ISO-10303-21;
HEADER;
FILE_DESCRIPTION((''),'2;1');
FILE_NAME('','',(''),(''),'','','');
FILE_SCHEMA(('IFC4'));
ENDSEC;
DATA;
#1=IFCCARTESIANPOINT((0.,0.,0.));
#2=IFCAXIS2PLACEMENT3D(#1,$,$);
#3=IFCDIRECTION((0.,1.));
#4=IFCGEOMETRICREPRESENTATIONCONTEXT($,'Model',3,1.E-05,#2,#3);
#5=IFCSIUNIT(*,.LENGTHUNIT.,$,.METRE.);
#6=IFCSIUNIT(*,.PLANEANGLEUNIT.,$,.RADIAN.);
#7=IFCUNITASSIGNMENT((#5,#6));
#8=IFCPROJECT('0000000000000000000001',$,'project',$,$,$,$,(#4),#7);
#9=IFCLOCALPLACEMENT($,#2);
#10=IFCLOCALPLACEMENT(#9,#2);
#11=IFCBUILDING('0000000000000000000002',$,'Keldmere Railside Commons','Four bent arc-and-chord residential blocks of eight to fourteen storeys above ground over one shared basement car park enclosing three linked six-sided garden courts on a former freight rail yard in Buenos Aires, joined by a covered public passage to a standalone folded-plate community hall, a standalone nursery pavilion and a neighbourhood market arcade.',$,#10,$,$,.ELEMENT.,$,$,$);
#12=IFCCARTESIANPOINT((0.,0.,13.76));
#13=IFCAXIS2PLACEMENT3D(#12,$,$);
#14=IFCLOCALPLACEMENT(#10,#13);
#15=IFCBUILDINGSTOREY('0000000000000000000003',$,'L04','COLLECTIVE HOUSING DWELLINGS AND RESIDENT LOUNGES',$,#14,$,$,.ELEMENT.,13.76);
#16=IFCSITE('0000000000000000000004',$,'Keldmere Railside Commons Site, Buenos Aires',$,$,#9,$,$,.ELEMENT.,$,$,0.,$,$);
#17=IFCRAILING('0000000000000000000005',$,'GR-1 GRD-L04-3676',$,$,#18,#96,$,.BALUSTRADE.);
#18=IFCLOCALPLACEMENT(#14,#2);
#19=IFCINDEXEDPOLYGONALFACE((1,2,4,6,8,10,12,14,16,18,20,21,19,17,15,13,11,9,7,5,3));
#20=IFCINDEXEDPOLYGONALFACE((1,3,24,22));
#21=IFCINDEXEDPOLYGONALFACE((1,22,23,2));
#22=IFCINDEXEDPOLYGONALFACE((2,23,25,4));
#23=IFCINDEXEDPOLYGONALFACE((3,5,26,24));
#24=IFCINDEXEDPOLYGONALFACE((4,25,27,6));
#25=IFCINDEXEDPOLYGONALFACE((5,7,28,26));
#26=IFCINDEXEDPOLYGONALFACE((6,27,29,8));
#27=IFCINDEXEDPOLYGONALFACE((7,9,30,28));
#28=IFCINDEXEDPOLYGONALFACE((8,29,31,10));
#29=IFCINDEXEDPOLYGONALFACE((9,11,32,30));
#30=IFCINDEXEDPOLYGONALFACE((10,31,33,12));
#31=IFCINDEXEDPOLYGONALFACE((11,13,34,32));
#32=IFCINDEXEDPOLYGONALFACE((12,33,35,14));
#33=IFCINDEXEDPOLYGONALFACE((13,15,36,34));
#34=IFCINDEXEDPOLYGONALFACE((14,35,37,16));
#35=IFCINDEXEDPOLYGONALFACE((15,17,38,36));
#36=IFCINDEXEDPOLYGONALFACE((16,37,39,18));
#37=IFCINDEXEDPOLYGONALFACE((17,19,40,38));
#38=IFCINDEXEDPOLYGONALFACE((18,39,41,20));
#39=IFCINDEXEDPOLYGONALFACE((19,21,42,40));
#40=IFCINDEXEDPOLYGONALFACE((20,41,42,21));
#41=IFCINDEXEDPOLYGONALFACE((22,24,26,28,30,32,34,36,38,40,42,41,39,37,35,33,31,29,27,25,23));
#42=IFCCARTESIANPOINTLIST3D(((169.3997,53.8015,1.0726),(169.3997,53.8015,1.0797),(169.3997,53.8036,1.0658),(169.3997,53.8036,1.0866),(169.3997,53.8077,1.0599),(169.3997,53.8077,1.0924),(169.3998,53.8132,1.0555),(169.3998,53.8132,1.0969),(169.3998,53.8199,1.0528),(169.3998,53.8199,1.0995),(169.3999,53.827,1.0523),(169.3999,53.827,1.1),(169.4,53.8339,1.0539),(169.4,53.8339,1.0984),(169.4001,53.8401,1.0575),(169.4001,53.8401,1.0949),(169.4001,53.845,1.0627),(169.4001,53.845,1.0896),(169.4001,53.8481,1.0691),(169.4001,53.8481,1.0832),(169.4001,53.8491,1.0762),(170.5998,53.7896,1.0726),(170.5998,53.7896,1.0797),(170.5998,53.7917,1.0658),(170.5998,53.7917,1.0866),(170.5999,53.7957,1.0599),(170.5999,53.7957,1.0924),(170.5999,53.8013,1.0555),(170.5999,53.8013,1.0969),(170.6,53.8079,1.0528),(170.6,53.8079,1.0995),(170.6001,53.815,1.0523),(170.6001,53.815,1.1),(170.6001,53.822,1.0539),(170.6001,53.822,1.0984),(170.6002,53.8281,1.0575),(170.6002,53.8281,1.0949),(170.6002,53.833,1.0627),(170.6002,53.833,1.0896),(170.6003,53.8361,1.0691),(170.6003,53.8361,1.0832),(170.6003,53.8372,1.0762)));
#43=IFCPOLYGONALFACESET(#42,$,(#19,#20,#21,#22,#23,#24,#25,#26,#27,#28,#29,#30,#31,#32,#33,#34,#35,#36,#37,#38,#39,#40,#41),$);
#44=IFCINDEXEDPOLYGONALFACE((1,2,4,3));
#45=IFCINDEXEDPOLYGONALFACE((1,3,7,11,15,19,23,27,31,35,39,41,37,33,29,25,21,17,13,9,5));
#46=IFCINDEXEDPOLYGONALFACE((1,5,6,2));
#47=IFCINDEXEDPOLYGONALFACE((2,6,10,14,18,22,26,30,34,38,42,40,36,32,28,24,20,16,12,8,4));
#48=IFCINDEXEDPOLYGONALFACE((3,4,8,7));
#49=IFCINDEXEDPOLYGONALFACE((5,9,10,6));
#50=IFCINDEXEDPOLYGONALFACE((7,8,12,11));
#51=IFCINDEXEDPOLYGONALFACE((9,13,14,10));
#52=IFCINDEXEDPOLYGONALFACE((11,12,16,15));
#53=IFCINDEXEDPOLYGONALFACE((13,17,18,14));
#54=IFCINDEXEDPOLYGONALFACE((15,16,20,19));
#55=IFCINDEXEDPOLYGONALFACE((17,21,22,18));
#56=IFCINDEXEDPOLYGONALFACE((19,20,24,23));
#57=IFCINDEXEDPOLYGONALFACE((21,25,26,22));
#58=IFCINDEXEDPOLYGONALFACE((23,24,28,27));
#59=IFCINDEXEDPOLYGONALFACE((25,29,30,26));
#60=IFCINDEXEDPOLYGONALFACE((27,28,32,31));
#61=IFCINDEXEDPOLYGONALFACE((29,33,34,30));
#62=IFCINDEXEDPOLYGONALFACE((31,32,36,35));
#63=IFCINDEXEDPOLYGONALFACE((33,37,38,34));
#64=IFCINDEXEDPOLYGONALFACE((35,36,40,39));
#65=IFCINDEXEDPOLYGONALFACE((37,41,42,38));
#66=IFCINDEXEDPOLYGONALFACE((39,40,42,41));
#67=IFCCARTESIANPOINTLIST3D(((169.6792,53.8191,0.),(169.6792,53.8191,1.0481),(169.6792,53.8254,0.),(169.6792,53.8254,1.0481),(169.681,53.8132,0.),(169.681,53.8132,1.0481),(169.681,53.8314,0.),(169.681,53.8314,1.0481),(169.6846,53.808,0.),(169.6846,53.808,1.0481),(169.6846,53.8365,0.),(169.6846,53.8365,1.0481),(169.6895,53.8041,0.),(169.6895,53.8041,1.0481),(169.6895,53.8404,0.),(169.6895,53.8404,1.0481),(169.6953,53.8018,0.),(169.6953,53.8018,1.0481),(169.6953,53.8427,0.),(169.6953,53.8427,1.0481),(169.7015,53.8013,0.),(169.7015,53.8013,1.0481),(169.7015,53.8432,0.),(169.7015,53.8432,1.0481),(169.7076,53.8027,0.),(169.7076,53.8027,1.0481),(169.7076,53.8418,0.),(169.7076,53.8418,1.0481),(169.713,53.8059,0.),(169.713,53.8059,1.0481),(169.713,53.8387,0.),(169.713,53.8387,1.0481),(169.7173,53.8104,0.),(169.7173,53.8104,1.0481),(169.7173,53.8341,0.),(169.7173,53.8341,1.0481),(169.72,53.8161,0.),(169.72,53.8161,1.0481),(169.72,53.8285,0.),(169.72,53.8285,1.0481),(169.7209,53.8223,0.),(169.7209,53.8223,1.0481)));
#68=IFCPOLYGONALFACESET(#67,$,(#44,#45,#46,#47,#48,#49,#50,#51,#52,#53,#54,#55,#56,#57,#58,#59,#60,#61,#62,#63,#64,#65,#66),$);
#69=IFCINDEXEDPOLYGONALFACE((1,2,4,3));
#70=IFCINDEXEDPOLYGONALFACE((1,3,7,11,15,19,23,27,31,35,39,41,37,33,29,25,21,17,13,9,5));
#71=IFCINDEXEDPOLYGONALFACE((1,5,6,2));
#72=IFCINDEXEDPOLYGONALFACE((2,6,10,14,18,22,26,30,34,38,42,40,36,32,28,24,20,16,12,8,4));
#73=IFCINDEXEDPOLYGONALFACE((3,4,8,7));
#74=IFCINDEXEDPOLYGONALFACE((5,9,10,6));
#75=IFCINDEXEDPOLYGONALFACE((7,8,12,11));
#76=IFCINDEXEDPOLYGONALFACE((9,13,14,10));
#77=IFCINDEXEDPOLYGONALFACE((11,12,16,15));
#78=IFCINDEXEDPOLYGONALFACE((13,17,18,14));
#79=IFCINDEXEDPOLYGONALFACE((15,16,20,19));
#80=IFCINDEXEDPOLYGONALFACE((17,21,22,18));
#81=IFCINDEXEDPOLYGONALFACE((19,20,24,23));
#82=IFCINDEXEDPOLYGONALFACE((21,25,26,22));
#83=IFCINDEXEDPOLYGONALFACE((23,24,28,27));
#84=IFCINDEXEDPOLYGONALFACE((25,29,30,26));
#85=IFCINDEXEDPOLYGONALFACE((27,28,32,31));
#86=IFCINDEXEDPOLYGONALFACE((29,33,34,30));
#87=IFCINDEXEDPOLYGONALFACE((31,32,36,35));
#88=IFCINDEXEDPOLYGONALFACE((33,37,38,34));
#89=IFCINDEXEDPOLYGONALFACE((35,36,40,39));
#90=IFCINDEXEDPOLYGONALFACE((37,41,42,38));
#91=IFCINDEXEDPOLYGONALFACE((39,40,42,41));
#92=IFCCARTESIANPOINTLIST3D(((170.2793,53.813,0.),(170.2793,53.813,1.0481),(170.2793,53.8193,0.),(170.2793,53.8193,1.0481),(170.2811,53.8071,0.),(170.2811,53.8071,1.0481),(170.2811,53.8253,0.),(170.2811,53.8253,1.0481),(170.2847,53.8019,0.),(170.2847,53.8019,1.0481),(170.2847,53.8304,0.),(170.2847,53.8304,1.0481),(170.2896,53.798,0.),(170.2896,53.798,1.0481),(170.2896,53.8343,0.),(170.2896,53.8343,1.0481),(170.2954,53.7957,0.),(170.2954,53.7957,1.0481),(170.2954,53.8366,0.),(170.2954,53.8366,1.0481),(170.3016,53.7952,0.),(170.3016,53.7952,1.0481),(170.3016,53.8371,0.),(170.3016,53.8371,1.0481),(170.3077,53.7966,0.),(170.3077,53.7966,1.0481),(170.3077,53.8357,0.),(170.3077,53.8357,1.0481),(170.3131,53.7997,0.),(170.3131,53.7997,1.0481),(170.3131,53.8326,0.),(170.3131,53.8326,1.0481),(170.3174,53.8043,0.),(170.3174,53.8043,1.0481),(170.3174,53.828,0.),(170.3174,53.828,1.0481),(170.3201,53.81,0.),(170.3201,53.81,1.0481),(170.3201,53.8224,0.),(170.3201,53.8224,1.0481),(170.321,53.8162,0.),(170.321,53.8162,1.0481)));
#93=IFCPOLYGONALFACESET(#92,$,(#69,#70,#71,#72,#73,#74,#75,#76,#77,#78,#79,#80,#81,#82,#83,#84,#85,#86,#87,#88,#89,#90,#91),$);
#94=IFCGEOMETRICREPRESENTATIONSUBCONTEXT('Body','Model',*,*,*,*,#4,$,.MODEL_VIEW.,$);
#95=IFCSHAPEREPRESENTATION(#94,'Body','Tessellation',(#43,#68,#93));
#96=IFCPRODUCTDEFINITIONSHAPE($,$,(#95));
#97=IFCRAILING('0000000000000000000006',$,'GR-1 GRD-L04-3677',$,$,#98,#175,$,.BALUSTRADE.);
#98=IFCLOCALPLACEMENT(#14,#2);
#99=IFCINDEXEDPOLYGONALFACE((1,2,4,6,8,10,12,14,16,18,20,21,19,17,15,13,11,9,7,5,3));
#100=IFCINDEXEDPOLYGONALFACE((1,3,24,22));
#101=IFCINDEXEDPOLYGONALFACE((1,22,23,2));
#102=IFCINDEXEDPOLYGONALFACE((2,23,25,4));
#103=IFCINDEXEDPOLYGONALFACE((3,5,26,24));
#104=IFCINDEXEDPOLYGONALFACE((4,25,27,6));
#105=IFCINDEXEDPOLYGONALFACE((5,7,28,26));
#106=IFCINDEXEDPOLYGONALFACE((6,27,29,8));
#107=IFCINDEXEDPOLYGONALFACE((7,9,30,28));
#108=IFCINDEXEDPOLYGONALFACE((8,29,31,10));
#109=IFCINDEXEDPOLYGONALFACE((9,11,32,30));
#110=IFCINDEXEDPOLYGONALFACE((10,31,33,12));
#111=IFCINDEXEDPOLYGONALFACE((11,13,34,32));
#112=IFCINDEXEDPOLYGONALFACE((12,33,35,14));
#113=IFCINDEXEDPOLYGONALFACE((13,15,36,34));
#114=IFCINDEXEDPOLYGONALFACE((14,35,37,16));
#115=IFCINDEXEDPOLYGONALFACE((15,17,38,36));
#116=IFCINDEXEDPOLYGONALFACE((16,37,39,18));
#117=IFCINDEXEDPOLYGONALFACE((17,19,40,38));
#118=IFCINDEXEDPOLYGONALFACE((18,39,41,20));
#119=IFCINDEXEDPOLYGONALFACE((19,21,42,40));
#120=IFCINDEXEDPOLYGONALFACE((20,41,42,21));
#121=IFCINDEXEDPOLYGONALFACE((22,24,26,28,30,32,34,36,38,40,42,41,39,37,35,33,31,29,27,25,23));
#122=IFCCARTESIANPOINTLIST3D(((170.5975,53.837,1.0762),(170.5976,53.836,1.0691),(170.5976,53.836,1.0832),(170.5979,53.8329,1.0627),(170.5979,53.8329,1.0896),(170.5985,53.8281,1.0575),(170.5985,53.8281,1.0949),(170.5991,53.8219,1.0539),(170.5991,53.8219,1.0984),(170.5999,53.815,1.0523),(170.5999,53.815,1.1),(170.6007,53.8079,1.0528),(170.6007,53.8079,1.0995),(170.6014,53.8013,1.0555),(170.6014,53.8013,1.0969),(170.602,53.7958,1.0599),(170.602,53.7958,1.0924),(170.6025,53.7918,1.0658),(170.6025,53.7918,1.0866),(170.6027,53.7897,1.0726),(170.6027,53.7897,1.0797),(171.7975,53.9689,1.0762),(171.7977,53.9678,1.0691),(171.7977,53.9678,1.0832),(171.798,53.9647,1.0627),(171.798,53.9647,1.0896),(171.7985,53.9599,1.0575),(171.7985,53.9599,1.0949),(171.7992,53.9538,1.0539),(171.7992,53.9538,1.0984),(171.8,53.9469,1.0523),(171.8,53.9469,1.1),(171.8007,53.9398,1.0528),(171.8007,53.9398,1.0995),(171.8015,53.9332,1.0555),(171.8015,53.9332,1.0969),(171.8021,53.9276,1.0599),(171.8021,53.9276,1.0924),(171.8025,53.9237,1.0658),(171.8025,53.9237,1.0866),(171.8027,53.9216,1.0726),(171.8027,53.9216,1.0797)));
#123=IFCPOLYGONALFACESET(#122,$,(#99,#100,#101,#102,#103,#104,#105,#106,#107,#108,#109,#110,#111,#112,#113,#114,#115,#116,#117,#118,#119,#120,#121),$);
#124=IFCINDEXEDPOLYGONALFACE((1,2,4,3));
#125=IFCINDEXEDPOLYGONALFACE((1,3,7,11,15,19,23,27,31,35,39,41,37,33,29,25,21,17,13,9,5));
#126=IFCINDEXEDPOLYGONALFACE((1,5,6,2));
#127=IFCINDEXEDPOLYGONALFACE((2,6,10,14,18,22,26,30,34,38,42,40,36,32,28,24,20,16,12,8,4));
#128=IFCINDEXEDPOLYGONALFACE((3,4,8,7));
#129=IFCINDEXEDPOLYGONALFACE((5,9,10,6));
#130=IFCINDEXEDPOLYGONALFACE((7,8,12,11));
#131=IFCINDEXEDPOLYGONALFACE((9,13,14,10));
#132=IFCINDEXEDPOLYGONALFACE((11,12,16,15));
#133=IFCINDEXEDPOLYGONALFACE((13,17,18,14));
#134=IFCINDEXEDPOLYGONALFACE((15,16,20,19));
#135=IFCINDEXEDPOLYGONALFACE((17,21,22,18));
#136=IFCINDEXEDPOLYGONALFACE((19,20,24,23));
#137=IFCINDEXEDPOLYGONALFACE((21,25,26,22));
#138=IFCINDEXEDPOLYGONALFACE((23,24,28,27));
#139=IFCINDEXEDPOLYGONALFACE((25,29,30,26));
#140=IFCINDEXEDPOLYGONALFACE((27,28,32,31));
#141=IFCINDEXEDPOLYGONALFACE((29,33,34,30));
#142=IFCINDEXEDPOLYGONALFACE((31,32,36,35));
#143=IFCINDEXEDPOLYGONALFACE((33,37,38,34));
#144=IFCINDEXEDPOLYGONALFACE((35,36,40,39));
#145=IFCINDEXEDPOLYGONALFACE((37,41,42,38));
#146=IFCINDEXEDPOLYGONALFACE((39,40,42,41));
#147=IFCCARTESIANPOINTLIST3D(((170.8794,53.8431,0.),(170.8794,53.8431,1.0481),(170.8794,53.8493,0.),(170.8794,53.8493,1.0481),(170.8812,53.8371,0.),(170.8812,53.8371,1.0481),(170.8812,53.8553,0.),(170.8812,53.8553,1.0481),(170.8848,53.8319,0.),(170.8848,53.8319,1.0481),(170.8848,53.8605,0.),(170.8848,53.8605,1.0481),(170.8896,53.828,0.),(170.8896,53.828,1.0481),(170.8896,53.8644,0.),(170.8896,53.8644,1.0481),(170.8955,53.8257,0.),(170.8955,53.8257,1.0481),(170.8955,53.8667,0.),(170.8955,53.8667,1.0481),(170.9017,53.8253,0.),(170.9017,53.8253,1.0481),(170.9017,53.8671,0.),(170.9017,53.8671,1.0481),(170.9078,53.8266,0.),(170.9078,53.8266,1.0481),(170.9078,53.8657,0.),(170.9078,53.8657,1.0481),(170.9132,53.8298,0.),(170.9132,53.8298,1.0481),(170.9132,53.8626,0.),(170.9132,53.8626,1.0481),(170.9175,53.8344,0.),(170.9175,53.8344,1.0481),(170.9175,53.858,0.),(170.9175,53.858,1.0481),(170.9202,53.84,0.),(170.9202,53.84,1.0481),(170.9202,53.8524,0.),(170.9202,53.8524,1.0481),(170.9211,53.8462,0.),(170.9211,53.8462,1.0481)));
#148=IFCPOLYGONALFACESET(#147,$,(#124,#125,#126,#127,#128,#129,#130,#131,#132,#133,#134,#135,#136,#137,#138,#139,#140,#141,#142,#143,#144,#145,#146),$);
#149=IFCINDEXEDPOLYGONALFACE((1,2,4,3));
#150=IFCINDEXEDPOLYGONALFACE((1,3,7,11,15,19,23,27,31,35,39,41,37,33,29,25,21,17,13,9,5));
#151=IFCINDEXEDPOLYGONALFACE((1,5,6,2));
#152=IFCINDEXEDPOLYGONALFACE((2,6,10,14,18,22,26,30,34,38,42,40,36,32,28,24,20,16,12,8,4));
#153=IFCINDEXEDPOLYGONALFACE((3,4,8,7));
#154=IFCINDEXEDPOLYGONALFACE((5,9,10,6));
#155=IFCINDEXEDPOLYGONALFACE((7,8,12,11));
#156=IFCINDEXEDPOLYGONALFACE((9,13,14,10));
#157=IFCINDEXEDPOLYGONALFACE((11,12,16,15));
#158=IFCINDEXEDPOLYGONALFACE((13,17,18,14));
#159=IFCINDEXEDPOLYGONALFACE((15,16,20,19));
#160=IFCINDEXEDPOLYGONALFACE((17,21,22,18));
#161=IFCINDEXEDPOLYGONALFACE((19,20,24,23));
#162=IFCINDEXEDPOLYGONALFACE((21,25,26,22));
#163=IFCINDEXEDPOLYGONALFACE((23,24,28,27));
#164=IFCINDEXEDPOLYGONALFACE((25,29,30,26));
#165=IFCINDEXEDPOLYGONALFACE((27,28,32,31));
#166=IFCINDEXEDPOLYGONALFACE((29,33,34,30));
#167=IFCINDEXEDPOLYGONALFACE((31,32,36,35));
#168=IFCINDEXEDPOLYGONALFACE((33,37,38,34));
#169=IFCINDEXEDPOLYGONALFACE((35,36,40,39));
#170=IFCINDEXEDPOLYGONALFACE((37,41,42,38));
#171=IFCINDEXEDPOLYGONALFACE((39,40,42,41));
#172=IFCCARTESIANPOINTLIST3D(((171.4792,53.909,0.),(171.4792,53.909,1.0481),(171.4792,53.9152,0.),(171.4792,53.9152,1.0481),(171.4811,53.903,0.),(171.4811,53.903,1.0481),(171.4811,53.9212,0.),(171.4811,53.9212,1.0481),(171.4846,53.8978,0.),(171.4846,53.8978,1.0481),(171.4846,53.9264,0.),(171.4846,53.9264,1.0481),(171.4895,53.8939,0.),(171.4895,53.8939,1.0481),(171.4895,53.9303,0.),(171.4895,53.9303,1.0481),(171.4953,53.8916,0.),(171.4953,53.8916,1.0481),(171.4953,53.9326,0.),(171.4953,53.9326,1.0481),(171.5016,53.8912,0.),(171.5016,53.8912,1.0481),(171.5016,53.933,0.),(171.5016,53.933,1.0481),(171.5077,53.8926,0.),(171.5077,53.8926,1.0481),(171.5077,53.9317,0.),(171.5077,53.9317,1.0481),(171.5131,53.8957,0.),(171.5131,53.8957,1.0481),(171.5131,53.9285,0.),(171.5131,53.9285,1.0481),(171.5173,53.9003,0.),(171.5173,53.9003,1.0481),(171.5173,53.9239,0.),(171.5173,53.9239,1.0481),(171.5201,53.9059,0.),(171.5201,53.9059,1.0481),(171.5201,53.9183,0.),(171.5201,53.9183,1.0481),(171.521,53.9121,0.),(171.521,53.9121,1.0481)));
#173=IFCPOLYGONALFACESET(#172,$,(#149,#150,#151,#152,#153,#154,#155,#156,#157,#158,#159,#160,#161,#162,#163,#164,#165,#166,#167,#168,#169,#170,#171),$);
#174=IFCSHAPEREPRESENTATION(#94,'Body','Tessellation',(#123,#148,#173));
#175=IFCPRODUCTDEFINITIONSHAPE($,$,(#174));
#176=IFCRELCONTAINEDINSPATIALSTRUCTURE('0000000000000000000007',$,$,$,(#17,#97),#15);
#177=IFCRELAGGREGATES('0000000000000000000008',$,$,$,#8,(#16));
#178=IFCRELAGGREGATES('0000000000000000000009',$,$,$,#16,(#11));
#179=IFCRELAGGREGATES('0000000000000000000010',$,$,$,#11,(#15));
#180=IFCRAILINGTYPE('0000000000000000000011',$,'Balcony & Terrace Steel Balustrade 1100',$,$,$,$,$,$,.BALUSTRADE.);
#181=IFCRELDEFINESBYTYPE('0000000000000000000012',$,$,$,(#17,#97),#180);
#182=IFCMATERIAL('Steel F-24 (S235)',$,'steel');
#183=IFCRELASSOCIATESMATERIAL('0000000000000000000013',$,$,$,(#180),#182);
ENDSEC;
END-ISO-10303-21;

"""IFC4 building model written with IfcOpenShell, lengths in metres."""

from ifc_helpers import new_model, si_unit, direction, frame, origin, origin_2d, place, context, subcontext, project, spatial, circle, extrude, material, type_object, element, save


model = new_model("IFC4")

# Units and contexts
model_context = context("Model", 3, precision=1e-05, world=origin(), true_north=direction((0.0, 1.0)))
body_context = subcontext(model_context, "Body", "Model", "MODEL_VIEW")
ifc_project = project(units=[si_unit("LENGTHUNIT", "METRE"), si_unit("PLANEANGLEUNIT", "RADIAN")], contexts=[model_context])

# Site, building, storey
site_placement = place(None, origin())
site = spatial("IfcSite", under=ifc_project, at=site_placement, Name="Keldmere Railside Commons Site, Buenos Aires", CompositionType="ELEMENT", RefElevation=0.0)
building_placement = place(site_placement, origin())
building = spatial("IfcBuilding", under=site, at=building_placement, Name="Keldmere Railside Commons", Description="Four bent arc-and-chord residential blocks of eight to fourteen storeys above ground over one shared basement car park enclosing three linked six-sided garden courts on a former freight rail yard in Buenos Aires, joined by a covered public passage to a standalone folded-plate community hall, a standalone nursery pavilion and a neighbourhood market arcade.", CompositionType="ELEMENT")
storey_placement = place(building_placement, frame((0.0, 0.0, 13.76)))
storey = spatial("IfcBuildingStorey", under=building, at=storey_placement, Name="L04", Description="COLLECTIVE HOUSING DWELLINGS AND RESIDENT LOUNGES", CompositionType="ELEMENT", Elevation=13.76)

# Railings
ifc_material_1 = material(Name="Steel F-24 (S235)", Category="steel")
railing_type = type_object("IfcRailingType", Name="Balcony & Terrace Steel Balustrade 1100", PredefinedType="BALUSTRADE", material=ifc_material_1)
railing_1_placement = place(storey_placement, frame((169.3999, 53.8252, 0.0)))
element("IfcRailing", 1, at=railing_1_placement, inside=storey, type_object=railing_type, Name="GR-1 GRD-L04-3676", PredefinedType="BALUSTRADE", context=body_context, shape_type="SweptSolid", body=[
    extrude(circle(Radius=0.0239, at=origin_2d()), frame((0.0, 0.0, 1.0762), z_axis=(0.99995, -0.009967, 0.0), x_axis=(0.009967, 0.99995, 0.0)), (0.0, 0.0, 1.0), 1.2002),
    extrude(circle(Radius=0.021, at=origin_2d()), frame((0.3, -0.0029, 0.0)), (0.0, 0.0, 1.0), 1.0481),
    extrude(circle(Radius=0.021, at=origin_2d()), frame((0.9001, -0.009, 0.0)), (0.0, 0.0, 1.0), 1.0481),
])
railing_2_placement = place(storey_placement, frame((170.6001, 53.8132, 0.0)))
element("IfcRailing", 2, at=railing_2_placement, inside=storey, type_object=railing_type, Name="GR-1 GRD-L04-3677", PredefinedType="BALUSTRADE", context=body_context, shape_type="SweptSolid", body=[
    extrude(circle(Radius=0.0239, at=origin_2d()), frame((0.0, 0.0, 1.0762), z_axis=(0.994019, 0.109211, 0.0), x_axis=(-0.109211, 0.994019, 0.0)), (0.0, 0.0, 1.0), 1.2073),
    extrude(circle(Radius=0.021, at=origin_2d()), frame((0.3, 0.033, 0.0)), (0.0, 0.0, 1.0), 1.0481),
    extrude(circle(Radius=0.021, at=origin_2d()), frame((0.8999, 0.0989, 0.0)), (0.0, 0.0, 1.0), 1.0481),
])

save(model, "model.ifc")
